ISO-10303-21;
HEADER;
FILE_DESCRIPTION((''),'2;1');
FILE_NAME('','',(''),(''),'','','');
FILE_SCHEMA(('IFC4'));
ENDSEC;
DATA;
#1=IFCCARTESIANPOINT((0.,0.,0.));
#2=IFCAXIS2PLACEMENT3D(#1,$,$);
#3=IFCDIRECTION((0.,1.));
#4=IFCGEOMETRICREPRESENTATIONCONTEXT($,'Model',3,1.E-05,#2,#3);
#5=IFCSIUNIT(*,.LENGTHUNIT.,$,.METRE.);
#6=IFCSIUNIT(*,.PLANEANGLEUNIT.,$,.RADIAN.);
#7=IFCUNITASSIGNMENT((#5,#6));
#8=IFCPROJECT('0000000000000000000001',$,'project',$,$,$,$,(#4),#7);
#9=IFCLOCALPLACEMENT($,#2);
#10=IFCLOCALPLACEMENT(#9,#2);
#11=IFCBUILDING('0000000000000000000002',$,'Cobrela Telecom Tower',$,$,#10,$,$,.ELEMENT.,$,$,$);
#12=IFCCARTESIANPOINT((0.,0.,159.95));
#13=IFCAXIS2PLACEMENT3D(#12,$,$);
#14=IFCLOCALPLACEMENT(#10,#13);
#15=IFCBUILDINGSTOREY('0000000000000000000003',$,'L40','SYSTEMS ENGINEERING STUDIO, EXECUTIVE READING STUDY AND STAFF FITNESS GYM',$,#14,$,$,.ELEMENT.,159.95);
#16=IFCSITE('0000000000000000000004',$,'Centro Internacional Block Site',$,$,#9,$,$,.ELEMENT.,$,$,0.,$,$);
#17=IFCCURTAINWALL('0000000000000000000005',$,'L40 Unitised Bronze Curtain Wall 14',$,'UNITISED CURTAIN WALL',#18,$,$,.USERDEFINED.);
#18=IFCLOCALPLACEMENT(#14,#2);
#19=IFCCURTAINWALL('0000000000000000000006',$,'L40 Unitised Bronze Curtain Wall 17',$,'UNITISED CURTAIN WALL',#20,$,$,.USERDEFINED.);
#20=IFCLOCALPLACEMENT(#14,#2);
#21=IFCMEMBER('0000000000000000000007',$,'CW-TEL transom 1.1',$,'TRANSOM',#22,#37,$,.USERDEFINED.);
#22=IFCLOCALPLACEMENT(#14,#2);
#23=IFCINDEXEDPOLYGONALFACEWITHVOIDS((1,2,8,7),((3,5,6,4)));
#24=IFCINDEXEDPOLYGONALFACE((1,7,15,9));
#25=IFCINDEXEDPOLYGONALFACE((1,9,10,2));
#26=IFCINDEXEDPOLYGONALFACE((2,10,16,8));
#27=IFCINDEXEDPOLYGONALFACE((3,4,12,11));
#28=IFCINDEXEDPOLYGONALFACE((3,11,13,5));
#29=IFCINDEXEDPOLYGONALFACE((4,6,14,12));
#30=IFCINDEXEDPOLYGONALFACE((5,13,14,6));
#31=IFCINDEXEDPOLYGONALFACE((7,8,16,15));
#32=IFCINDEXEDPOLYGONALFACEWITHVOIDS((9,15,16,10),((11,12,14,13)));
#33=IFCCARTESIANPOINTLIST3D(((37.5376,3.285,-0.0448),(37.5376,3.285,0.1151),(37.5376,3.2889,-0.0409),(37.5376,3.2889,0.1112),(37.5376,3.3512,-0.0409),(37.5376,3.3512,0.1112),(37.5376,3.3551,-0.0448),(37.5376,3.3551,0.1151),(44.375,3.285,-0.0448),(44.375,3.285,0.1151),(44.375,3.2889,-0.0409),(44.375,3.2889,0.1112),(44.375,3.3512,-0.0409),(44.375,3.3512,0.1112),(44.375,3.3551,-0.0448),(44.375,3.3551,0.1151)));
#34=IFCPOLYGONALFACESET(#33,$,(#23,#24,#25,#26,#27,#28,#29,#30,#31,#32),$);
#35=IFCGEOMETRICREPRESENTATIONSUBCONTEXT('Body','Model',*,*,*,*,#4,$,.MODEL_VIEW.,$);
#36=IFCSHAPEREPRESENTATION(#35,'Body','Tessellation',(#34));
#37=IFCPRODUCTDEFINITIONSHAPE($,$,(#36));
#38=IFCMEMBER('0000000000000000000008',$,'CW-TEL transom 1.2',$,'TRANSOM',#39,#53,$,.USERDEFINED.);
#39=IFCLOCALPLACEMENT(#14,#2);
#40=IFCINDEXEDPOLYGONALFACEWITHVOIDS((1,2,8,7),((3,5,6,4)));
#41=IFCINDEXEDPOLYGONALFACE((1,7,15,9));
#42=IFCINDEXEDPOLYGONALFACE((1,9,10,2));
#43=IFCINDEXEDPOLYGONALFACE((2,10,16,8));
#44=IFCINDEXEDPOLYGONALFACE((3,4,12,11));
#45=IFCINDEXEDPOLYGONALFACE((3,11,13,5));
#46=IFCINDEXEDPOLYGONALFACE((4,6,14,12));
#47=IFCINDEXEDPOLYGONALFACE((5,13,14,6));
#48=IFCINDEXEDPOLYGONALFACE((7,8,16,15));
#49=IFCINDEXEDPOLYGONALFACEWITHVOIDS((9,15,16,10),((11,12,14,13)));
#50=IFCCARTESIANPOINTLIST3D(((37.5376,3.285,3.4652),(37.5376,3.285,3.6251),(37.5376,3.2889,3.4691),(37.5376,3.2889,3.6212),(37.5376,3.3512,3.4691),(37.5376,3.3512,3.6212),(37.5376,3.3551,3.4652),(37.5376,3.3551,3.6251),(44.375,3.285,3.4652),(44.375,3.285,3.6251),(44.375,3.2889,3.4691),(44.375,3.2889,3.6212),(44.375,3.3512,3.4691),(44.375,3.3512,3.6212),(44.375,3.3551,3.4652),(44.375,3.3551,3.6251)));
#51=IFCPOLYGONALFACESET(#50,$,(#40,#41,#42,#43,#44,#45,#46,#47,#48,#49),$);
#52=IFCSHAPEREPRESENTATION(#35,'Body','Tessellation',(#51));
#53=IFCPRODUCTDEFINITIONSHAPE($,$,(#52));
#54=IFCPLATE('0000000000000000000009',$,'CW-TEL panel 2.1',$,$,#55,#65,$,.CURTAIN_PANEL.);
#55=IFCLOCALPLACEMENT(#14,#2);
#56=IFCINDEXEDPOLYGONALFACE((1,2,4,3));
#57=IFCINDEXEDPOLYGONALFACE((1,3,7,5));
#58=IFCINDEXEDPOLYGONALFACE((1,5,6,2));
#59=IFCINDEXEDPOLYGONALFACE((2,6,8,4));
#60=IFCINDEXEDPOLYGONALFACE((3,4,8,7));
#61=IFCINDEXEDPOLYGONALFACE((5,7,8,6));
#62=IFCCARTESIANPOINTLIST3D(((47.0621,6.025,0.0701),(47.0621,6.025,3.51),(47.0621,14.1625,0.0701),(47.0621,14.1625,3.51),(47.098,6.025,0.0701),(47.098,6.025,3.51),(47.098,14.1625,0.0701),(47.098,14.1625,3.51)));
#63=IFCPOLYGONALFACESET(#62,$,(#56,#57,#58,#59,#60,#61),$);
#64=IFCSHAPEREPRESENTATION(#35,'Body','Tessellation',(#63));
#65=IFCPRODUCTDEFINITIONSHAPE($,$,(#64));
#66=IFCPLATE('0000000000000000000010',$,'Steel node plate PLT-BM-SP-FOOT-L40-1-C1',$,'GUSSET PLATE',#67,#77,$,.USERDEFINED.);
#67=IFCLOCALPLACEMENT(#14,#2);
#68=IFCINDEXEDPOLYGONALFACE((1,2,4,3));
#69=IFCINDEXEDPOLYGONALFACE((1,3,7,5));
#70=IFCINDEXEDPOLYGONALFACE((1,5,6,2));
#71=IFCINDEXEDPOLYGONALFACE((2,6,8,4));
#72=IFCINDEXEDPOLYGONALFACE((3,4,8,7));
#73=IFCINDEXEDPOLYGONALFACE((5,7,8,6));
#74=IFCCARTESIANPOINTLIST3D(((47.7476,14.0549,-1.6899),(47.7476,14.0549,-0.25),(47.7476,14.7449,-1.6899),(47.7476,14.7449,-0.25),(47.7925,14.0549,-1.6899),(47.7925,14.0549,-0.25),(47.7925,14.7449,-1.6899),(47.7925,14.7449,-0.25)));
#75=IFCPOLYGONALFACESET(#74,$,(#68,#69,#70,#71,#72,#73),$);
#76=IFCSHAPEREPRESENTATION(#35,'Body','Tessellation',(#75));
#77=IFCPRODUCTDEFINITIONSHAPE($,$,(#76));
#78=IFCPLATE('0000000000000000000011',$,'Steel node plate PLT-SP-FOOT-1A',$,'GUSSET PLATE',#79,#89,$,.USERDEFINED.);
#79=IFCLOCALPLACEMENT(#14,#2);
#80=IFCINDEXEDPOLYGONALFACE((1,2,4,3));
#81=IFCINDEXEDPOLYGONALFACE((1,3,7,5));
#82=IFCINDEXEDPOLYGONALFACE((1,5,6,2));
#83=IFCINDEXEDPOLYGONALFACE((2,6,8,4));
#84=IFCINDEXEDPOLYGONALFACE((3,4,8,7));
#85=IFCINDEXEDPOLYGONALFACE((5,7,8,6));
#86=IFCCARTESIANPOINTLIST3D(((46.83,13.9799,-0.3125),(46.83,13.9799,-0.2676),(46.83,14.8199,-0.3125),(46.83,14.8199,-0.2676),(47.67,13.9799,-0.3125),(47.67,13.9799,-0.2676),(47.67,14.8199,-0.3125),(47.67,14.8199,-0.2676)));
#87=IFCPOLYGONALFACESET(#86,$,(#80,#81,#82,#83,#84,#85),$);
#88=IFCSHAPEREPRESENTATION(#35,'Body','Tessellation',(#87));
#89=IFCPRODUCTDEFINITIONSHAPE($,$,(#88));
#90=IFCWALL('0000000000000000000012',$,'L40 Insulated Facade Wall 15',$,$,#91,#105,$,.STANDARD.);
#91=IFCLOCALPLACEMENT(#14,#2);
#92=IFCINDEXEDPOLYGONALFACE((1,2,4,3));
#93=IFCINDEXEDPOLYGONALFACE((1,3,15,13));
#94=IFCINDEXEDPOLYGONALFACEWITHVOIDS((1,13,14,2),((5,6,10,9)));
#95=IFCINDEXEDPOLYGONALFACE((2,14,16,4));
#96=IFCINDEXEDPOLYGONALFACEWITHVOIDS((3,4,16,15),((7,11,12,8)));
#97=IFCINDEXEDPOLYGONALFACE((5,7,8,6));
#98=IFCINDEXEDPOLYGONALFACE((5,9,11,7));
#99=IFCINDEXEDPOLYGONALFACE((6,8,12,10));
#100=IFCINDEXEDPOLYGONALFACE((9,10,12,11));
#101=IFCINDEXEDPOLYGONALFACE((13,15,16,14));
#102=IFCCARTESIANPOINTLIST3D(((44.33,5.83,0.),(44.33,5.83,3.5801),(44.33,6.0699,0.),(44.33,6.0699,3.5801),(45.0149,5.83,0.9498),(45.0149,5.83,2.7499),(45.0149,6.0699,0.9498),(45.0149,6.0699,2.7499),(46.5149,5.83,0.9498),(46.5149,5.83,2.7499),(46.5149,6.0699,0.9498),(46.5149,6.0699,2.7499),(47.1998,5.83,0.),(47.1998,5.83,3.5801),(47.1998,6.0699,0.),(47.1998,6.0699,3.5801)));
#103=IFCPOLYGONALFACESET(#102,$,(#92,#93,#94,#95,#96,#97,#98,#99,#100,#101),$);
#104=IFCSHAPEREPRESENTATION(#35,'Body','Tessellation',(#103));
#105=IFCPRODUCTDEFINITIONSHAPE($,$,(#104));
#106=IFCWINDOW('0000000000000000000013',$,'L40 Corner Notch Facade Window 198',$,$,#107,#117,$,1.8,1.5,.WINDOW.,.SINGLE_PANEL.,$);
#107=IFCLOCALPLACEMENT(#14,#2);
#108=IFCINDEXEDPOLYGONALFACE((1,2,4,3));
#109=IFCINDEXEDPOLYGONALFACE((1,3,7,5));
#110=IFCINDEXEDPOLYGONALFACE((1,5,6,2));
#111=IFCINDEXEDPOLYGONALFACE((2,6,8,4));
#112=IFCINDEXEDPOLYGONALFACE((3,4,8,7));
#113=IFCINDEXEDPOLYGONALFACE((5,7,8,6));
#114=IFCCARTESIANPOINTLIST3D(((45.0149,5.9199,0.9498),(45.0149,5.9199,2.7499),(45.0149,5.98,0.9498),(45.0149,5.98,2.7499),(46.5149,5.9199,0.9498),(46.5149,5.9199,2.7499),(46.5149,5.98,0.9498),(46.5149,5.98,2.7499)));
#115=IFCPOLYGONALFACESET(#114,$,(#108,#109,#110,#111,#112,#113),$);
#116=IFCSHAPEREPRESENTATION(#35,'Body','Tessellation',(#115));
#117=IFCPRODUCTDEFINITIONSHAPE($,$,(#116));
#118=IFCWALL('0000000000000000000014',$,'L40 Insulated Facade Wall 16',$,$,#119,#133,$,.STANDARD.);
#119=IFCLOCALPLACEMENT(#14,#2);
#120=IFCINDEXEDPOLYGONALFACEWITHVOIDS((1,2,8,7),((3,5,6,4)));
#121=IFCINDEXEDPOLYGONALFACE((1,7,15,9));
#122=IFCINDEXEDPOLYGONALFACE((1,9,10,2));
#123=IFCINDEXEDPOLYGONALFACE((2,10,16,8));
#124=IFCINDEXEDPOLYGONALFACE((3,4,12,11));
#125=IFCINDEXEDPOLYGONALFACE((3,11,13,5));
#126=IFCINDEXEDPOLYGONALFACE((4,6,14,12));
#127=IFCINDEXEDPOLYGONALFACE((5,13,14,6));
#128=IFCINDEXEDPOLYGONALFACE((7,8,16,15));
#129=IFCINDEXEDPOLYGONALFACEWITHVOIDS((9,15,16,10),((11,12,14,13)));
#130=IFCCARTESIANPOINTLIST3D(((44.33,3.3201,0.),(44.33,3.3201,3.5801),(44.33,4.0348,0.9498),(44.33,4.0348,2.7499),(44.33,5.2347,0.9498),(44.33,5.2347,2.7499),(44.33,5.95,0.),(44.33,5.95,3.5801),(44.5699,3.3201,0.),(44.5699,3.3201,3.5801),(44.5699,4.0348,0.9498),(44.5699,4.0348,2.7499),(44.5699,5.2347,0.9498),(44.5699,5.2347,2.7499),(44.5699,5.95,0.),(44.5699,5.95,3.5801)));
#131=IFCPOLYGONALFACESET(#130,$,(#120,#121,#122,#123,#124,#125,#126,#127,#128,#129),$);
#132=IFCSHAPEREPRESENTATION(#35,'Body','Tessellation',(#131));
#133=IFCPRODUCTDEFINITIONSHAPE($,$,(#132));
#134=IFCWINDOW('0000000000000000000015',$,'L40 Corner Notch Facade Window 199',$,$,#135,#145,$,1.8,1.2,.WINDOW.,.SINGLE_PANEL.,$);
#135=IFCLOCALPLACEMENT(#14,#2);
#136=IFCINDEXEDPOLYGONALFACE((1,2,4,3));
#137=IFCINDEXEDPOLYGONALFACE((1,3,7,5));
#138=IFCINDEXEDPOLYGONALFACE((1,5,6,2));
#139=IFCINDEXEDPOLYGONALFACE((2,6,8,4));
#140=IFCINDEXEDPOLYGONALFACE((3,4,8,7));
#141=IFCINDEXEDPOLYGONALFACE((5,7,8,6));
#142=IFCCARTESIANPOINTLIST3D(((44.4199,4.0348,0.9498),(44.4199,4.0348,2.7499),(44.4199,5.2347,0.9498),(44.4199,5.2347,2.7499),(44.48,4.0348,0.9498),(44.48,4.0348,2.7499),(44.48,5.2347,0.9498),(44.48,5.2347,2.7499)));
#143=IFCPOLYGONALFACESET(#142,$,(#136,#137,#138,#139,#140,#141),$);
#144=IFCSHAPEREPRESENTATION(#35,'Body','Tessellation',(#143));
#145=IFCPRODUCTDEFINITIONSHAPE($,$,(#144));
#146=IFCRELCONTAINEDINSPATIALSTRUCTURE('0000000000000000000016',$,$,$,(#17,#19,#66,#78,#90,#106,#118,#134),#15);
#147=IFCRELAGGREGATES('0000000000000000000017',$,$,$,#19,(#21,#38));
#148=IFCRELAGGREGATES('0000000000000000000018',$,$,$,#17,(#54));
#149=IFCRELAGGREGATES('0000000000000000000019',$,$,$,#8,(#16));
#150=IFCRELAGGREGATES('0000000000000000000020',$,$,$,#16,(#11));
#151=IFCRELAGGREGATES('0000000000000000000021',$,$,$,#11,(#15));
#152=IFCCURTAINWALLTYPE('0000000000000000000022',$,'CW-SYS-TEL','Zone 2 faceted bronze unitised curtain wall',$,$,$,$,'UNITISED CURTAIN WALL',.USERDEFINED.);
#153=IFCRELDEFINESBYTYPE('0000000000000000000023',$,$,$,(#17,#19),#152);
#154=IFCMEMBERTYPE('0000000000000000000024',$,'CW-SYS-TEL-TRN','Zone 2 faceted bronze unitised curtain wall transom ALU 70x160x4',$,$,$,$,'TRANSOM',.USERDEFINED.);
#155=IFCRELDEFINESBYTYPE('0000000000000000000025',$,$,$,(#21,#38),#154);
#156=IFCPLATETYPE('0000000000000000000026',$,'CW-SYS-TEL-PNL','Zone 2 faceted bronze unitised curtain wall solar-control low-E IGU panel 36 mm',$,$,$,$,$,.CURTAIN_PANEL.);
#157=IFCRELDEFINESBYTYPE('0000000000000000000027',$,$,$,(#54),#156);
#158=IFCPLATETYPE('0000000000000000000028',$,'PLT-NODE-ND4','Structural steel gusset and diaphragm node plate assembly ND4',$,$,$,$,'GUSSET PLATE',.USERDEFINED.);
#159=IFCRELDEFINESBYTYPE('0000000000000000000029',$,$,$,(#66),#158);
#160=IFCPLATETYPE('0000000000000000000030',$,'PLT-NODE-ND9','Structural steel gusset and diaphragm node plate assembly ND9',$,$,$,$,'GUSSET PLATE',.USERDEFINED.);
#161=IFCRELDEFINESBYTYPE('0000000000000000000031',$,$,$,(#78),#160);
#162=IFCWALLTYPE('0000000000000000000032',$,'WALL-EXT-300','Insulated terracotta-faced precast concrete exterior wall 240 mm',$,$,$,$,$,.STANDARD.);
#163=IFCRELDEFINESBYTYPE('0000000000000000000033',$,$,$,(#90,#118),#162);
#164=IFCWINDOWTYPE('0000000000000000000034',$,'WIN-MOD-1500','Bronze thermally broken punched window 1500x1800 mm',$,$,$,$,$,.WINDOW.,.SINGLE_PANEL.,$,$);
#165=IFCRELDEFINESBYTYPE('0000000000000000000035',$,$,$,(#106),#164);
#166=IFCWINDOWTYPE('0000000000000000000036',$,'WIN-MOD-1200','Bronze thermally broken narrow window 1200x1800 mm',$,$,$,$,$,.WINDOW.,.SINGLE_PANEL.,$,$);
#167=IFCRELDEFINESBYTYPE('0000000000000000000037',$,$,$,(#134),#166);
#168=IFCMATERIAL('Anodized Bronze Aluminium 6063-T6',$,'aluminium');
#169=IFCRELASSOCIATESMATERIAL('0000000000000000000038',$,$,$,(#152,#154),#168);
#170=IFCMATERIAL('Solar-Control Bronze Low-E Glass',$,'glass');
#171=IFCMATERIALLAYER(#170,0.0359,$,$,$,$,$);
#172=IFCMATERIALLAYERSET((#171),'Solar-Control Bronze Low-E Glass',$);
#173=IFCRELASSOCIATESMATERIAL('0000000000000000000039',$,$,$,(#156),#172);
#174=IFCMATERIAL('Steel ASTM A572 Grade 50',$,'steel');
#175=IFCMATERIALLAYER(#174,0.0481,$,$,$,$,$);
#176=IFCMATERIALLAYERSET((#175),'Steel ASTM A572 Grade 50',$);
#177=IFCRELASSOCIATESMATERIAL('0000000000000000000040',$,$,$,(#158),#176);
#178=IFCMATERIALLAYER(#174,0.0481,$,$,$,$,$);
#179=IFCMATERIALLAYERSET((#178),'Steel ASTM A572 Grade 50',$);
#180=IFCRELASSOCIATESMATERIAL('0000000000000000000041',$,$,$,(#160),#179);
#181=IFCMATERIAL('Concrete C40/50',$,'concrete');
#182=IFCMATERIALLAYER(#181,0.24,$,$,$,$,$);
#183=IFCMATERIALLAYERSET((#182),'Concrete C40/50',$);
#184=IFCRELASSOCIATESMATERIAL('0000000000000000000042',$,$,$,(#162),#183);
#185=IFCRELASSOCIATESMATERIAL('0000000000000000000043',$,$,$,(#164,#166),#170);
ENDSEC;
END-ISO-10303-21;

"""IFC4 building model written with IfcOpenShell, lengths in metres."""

from ifc_helpers import new_model, si_unit, direction, frame, frame_2d, origin, origin_2d, place, context, subcontext, project, spatial, rectangle, hollow_rectangle, extrude, material, layer, layer_set, material_profile, profile_set, type_object, element, fill, aggregate, save


model = new_model("IFC4")

# Units and contexts
model_context = context("Model", 3, precision=1e-05, world=origin(), true_north=direction((0.0, 1.0)))
body_context = subcontext(model_context, "Body", "Model", "MODEL_VIEW")
ifc_project = project(units=[si_unit("LENGTHUNIT", "METRE"), si_unit("PLANEANGLEUNIT", "RADIAN")], contexts=[model_context])

# Site, building, storey
site_placement = place(None, origin())
site = spatial("IfcSite", under=ifc_project, at=site_placement, Name="Centro Internacional Block Site", CompositionType="ELEMENT", RefElevation=0.0)
building_placement = place(site_placement, origin())
building = spatial("IfcBuilding", under=site, at=building_placement, Name="Cobrela Telecom Tower", CompositionType="ELEMENT")
storey_placement = place(building_placement, frame((0.0, 0.0, 159.95)))
storey = spatial("IfcBuildingStorey", under=building, at=storey_placement, Name="L40", Description="SYSTEMS ENGINEERING STUDIO, EXECUTIVE READING STUDY AND STAFF FITNESS GYM", CompositionType="ELEMENT", Elevation=159.95)

# Shared definitions
ifc_material_1 = material(Name="Steel ASTM A572 Grade 50", Category="steel")

# Curtain wall
ifc_material_2 = material(Name="Anodized Bronze Aluminium 6063-T6", Category="aluminium")
curtain_wall_type = type_object("IfcCurtainWallType", Name="CW-SYS-TEL", Description="Zone 2 faceted bronze unitised curtain wall", ElementType="UNITISED CURTAIN WALL", PredefinedType="USERDEFINED", material=ifc_material_2)
curtain_wall_1_placement = place(storey_placement, origin())
curtain_wall_1 = element("IfcCurtainWall", 1, at=curtain_wall_1_placement, inside=storey, type_object=curtain_wall_type, Name="L40 Unitised Bronze Curtain Wall 14", ObjectType="UNITISED CURTAIN WALL", PredefinedType="USERDEFINED")

# Curtain wall
curtain_wall_2_placement = place(storey_placement, origin())
curtain_wall_2 = element("IfcCurtainWall", 2, at=curtain_wall_2_placement, inside=storey, type_object=curtain_wall_type, Name="L40 Unitised Bronze Curtain Wall 17", ObjectType="UNITISED CURTAIN WALL", PredefinedType="USERDEFINED")

# Members
ifc_material_profile_1 = material_profile(ifc_material_2, hollow_rectangle(XDim=0.0701, YDim=0.1599, WallThickness=0.0039, at=origin_2d()), Name="ALU 70x160x4")
ifc_profile_set_1 = profile_set([ifc_material_profile_1], Name="Anodized Bronze Aluminium 6063-T6")
member_type_1 = type_object("IfcMemberType", Name="CW-SYS-TEL-TRN", Description="Zone 2 faceted bronze unitised curtain wall transom ALU 70x160x4", ElementType="TRANSOM", PredefinedType="USERDEFINED", material=ifc_profile_set_1)
member_1_placement = place(storey_placement, frame((44.375, 3.3201, 0.0352), z_axis=(-1.0, 0.0, 0.0), x_axis=(0.0, -1.0, 0.0)))
member_1 = element("IfcMember", 3, at=member_1_placement, type_object=member_type_1, Name="CW-TEL transom 1.1", ObjectType="TRANSOM", PredefinedType="USERDEFINED", context=body_context, shape_type="SweptSolid", body=[
    extrude(hollow_rectangle(XDim=0.0701, YDim=0.1599, WallThickness=0.0039, at=origin_2d()), origin(), (0.0, 0.0, 1.0), 6.8374),
])
member_2_placement = place(storey_placement, frame((44.375, 3.3201, 3.5452), z_axis=(-1.0, 0.0, 0.0), x_axis=(0.0, -1.0, 0.0)))
member_2 = element("IfcMember", 4, at=member_2_placement, type_object=member_type_1, Name="CW-TEL transom 1.2", ObjectType="TRANSOM", PredefinedType="USERDEFINED", context=body_context, shape_type="SweptSolid", body=[
    extrude(hollow_rectangle(XDim=0.0701, YDim=0.1599, WallThickness=0.0039, at=origin_2d()), origin(), (0.0, 0.0, 1.0), 6.8374),
])
aggregate(curtain_wall_2, [member_1, member_2])

# Plate
ifc_material_3 = material(Name="Solar-Control Bronze Low-E Glass", Category="glass")
ifc_layer_1 = layer(ifc_material_3, 0.0359)
ifc_layer_set_1 = layer_set([ifc_layer_1], Name="Solar-Control Bronze Low-E Glass")
plate_type_1 = type_object("IfcPlateType", Name="CW-SYS-TEL-PNL", Description="Zone 2 faceted bronze unitised curtain wall solar-control low-E IGU panel 36 mm", PredefinedType="CURTAIN_PANEL", material=ifc_layer_set_1)
plate_1_placement = place(storey_placement, frame((47.0801, 10.0938, 0.0701), z_axis=(0.0, 0.0, 1.0), x_axis=(0.0, -1.0, 0.0)))
plate_1 = element("IfcPlate", 5, at=plate_1_placement, type_object=plate_type_1, Name="CW-TEL panel 2.1", PredefinedType="CURTAIN_PANEL", context=body_context, shape_type="SweptSolid", body=[
    extrude(rectangle(XDim=8.1375, YDim=0.0359, at=origin_2d()), origin(), (0.0, 0.0, 1.0), 3.4399),
])
aggregate(curtain_wall_1, [plate_1])

# Plates
ifc_layer_2 = layer(ifc_material_1, 0.0481)
ifc_layer_set_2 = layer_set([ifc_layer_2], Name="Steel ASTM A572 Grade 50")
plate_type_2 = type_object("IfcPlateType", Name="PLT-NODE-ND4", Description="Structural steel gusset and diaphragm node plate assembly ND4", ElementType="GUSSET PLATE", PredefinedType="USERDEFINED", material=ifc_layer_set_2)
plate_2_placement = place(storey_placement, frame((47.77, 14.3999, -1.6899), z_axis=(0.0, 0.0, 1.0), x_axis=(1.0, 0.0, 0.0)))
element("IfcPlate", 6, at=plate_2_placement, inside=storey, type_object=plate_type_2, Name="Steel node plate PLT-BM-SP-FOOT-L40-1-C1", ObjectType="GUSSET PLATE", PredefinedType="USERDEFINED", context=body_context, shape_type="SweptSolid", body=[
    extrude(rectangle(XDim=0.0449, YDim=0.6899, at=origin_2d()), origin(), (0.0, 0.0, 1.0), 1.4399),
])
ifc_layer_3 = layer(ifc_material_1, 0.0481)
ifc_layer_set_3 = layer_set([ifc_layer_3], Name="Steel ASTM A572 Grade 50")
plate_type_3 = type_object("IfcPlateType", Name="PLT-NODE-ND9", Description="Structural steel gusset and diaphragm node plate assembly ND9", ElementType="GUSSET PLATE", PredefinedType="USERDEFINED", material=ifc_layer_set_3)
plate_3_placement = place(storey_placement, frame((47.25, 14.3999, -0.3125), z_axis=(0.0, 0.0, 1.0), x_axis=(1.0, 0.0, 0.0)))
element("IfcPlate", 7, at=plate_3_placement, inside=storey, type_object=plate_type_3, Name="Steel node plate PLT-SP-FOOT-1A", ObjectType="GUSSET PLATE", PredefinedType="USERDEFINED", context=body_context, shape_type="SweptSolid", body=[
    extrude(rectangle(XDim=0.8401, YDim=0.8401, at=origin_2d()), origin(), (0.0, 0.0, 1.0), 0.0449),
])

# Walls, openings, windows
ifc_material_4 = material(Name="Concrete C40/50", Category="concrete")
ifc_layer_4 = layer(ifc_material_4, 0.24)
ifc_layer_set_4 = layer_set([ifc_layer_4], Name="Concrete C40/50")
wall_type = type_object("IfcWallType", Name="WALL-EXT-300", Description="Insulated terracotta-faced precast concrete exterior wall 240 mm", PredefinedType="STANDARD", material=ifc_layer_set_4)
wall_1_placement = place(storey_placement, frame((47.2, 5.95, 0.0), z_axis=(0.0, 0.0, 1.0), x_axis=(-1.0, 0.0, 0.0)))
wall_1 = element("IfcWall", 8, at=wall_1_placement, inside=storey, type_object=wall_type, Name="L40 Insulated Facade Wall 15", PredefinedType="STANDARD", context=body_context, shape_type="SweptSolid", body=[
    extrude(rectangle(XDim=2.8699, YDim=0.24, at=frame_2d((1.4351, 0.0))), origin(), (0.0, 0.0, 1.0), 3.5801),
])
opening_1_placement = place(wall_1_placement, frame((0.6851, 0.0, 0.95)))
opening_1 = element("IfcOpeningElement", 9, at=opening_1_placement, cuts=wall_1, PredefinedType="OPENING", context=body_context, shape_type="SweptSolid", body=[
    extrude(rectangle(XDim=1.5, YDim=1.8, at=frame_2d((0.75, 0.8999))), frame((0.0, 0.1318, 0.0), z_axis=(0.0, -1.0, 0.0), x_axis=(1.0, 0.0, 0.0)), (0.0, 0.0, 1.0), 0.2639),
])
window_type_1 = type_object("IfcWindowType", Name="WIN-MOD-1500", Description="Bronze thermally broken punched window 1500x1800 mm", PartitioningType="SINGLE_PANEL", PredefinedType="WINDOW", material=ifc_material_3)
window_1_placement = place(opening_1_placement, origin())
window_1 = element("IfcWindow", 10, at=window_1_placement, inside=storey, type_object=window_type_1, Name="L40 Corner Notch Facade Window 198", OverallHeight=1.8, OverallWidth=1.5, PartitioningType="SINGLE_PANEL", PredefinedType="WINDOW", context=body_context, shape_type="SweptSolid", body=[
    extrude(rectangle(XDim=1.5, YDim=1.8, at=frame_2d((0.75, 0.8999))), frame((0.0, 0.03, 0.0), z_axis=(0.0, -1.0, 0.0), x_axis=(1.0, 0.0, 0.0)), (0.0, 0.0, 1.0), 0.0601),
])
fill(opening_1, window_1)
wall_2_placement = place(storey_placement, frame((44.45, 5.95, 0.0), z_axis=(0.0, 0.0, 1.0), x_axis=(0.0, -1.0, 0.0)))
wall_2 = element("IfcWall", 11, at=wall_2_placement, inside=storey, type_object=wall_type, Name="L40 Insulated Facade Wall 16", PredefinedType="STANDARD", context=body_context, shape_type="SweptSolid", body=[
    extrude(rectangle(XDim=2.6299, YDim=0.24, at=frame_2d((1.3149, 0.0))), origin(), (0.0, 0.0, 1.0), 3.5801),
])
opening_2_placement = place(wall_2_placement, frame((0.7151, 0.0, 0.95)))
opening_2 = element("IfcOpeningElement", 12, at=opening_2_placement, cuts=wall_2, PredefinedType="OPENING", context=body_context, shape_type="SweptSolid", body=[
    extrude(rectangle(XDim=1.2, YDim=1.8, at=frame_2d((0.6001, 0.8999))), frame((0.0, 0.1318, 0.0), z_axis=(0.0, -1.0, 0.0), x_axis=(1.0, 0.0, 0.0)), (0.0, 0.0, 1.0), 0.2639),
])
window_type_2 = type_object("IfcWindowType", Name="WIN-MOD-1200", Description="Bronze thermally broken narrow window 1200x1800 mm", PartitioningType="SINGLE_PANEL", PredefinedType="WINDOW", material=ifc_material_3)
window_2_placement = place(opening_2_placement, origin())
window_2 = element("IfcWindow", 13, at=window_2_placement, inside=storey, type_object=window_type_2, Name="L40 Corner Notch Facade Window 199", OverallHeight=1.8, OverallWidth=1.2, PartitioningType="SINGLE_PANEL", PredefinedType="WINDOW", context=body_context, shape_type="SweptSolid", body=[
    extrude(rectangle(XDim=1.2, YDim=1.8, at=frame_2d((0.6001, 0.8999))), frame((0.0, 0.03, 0.0), z_axis=(0.0, -1.0, 0.0), x_axis=(1.0, 0.0, 0.0)), (0.0, 0.0, 1.0), 0.0601),
])
fill(opening_2, window_2)

save(model, "model.ifc")
